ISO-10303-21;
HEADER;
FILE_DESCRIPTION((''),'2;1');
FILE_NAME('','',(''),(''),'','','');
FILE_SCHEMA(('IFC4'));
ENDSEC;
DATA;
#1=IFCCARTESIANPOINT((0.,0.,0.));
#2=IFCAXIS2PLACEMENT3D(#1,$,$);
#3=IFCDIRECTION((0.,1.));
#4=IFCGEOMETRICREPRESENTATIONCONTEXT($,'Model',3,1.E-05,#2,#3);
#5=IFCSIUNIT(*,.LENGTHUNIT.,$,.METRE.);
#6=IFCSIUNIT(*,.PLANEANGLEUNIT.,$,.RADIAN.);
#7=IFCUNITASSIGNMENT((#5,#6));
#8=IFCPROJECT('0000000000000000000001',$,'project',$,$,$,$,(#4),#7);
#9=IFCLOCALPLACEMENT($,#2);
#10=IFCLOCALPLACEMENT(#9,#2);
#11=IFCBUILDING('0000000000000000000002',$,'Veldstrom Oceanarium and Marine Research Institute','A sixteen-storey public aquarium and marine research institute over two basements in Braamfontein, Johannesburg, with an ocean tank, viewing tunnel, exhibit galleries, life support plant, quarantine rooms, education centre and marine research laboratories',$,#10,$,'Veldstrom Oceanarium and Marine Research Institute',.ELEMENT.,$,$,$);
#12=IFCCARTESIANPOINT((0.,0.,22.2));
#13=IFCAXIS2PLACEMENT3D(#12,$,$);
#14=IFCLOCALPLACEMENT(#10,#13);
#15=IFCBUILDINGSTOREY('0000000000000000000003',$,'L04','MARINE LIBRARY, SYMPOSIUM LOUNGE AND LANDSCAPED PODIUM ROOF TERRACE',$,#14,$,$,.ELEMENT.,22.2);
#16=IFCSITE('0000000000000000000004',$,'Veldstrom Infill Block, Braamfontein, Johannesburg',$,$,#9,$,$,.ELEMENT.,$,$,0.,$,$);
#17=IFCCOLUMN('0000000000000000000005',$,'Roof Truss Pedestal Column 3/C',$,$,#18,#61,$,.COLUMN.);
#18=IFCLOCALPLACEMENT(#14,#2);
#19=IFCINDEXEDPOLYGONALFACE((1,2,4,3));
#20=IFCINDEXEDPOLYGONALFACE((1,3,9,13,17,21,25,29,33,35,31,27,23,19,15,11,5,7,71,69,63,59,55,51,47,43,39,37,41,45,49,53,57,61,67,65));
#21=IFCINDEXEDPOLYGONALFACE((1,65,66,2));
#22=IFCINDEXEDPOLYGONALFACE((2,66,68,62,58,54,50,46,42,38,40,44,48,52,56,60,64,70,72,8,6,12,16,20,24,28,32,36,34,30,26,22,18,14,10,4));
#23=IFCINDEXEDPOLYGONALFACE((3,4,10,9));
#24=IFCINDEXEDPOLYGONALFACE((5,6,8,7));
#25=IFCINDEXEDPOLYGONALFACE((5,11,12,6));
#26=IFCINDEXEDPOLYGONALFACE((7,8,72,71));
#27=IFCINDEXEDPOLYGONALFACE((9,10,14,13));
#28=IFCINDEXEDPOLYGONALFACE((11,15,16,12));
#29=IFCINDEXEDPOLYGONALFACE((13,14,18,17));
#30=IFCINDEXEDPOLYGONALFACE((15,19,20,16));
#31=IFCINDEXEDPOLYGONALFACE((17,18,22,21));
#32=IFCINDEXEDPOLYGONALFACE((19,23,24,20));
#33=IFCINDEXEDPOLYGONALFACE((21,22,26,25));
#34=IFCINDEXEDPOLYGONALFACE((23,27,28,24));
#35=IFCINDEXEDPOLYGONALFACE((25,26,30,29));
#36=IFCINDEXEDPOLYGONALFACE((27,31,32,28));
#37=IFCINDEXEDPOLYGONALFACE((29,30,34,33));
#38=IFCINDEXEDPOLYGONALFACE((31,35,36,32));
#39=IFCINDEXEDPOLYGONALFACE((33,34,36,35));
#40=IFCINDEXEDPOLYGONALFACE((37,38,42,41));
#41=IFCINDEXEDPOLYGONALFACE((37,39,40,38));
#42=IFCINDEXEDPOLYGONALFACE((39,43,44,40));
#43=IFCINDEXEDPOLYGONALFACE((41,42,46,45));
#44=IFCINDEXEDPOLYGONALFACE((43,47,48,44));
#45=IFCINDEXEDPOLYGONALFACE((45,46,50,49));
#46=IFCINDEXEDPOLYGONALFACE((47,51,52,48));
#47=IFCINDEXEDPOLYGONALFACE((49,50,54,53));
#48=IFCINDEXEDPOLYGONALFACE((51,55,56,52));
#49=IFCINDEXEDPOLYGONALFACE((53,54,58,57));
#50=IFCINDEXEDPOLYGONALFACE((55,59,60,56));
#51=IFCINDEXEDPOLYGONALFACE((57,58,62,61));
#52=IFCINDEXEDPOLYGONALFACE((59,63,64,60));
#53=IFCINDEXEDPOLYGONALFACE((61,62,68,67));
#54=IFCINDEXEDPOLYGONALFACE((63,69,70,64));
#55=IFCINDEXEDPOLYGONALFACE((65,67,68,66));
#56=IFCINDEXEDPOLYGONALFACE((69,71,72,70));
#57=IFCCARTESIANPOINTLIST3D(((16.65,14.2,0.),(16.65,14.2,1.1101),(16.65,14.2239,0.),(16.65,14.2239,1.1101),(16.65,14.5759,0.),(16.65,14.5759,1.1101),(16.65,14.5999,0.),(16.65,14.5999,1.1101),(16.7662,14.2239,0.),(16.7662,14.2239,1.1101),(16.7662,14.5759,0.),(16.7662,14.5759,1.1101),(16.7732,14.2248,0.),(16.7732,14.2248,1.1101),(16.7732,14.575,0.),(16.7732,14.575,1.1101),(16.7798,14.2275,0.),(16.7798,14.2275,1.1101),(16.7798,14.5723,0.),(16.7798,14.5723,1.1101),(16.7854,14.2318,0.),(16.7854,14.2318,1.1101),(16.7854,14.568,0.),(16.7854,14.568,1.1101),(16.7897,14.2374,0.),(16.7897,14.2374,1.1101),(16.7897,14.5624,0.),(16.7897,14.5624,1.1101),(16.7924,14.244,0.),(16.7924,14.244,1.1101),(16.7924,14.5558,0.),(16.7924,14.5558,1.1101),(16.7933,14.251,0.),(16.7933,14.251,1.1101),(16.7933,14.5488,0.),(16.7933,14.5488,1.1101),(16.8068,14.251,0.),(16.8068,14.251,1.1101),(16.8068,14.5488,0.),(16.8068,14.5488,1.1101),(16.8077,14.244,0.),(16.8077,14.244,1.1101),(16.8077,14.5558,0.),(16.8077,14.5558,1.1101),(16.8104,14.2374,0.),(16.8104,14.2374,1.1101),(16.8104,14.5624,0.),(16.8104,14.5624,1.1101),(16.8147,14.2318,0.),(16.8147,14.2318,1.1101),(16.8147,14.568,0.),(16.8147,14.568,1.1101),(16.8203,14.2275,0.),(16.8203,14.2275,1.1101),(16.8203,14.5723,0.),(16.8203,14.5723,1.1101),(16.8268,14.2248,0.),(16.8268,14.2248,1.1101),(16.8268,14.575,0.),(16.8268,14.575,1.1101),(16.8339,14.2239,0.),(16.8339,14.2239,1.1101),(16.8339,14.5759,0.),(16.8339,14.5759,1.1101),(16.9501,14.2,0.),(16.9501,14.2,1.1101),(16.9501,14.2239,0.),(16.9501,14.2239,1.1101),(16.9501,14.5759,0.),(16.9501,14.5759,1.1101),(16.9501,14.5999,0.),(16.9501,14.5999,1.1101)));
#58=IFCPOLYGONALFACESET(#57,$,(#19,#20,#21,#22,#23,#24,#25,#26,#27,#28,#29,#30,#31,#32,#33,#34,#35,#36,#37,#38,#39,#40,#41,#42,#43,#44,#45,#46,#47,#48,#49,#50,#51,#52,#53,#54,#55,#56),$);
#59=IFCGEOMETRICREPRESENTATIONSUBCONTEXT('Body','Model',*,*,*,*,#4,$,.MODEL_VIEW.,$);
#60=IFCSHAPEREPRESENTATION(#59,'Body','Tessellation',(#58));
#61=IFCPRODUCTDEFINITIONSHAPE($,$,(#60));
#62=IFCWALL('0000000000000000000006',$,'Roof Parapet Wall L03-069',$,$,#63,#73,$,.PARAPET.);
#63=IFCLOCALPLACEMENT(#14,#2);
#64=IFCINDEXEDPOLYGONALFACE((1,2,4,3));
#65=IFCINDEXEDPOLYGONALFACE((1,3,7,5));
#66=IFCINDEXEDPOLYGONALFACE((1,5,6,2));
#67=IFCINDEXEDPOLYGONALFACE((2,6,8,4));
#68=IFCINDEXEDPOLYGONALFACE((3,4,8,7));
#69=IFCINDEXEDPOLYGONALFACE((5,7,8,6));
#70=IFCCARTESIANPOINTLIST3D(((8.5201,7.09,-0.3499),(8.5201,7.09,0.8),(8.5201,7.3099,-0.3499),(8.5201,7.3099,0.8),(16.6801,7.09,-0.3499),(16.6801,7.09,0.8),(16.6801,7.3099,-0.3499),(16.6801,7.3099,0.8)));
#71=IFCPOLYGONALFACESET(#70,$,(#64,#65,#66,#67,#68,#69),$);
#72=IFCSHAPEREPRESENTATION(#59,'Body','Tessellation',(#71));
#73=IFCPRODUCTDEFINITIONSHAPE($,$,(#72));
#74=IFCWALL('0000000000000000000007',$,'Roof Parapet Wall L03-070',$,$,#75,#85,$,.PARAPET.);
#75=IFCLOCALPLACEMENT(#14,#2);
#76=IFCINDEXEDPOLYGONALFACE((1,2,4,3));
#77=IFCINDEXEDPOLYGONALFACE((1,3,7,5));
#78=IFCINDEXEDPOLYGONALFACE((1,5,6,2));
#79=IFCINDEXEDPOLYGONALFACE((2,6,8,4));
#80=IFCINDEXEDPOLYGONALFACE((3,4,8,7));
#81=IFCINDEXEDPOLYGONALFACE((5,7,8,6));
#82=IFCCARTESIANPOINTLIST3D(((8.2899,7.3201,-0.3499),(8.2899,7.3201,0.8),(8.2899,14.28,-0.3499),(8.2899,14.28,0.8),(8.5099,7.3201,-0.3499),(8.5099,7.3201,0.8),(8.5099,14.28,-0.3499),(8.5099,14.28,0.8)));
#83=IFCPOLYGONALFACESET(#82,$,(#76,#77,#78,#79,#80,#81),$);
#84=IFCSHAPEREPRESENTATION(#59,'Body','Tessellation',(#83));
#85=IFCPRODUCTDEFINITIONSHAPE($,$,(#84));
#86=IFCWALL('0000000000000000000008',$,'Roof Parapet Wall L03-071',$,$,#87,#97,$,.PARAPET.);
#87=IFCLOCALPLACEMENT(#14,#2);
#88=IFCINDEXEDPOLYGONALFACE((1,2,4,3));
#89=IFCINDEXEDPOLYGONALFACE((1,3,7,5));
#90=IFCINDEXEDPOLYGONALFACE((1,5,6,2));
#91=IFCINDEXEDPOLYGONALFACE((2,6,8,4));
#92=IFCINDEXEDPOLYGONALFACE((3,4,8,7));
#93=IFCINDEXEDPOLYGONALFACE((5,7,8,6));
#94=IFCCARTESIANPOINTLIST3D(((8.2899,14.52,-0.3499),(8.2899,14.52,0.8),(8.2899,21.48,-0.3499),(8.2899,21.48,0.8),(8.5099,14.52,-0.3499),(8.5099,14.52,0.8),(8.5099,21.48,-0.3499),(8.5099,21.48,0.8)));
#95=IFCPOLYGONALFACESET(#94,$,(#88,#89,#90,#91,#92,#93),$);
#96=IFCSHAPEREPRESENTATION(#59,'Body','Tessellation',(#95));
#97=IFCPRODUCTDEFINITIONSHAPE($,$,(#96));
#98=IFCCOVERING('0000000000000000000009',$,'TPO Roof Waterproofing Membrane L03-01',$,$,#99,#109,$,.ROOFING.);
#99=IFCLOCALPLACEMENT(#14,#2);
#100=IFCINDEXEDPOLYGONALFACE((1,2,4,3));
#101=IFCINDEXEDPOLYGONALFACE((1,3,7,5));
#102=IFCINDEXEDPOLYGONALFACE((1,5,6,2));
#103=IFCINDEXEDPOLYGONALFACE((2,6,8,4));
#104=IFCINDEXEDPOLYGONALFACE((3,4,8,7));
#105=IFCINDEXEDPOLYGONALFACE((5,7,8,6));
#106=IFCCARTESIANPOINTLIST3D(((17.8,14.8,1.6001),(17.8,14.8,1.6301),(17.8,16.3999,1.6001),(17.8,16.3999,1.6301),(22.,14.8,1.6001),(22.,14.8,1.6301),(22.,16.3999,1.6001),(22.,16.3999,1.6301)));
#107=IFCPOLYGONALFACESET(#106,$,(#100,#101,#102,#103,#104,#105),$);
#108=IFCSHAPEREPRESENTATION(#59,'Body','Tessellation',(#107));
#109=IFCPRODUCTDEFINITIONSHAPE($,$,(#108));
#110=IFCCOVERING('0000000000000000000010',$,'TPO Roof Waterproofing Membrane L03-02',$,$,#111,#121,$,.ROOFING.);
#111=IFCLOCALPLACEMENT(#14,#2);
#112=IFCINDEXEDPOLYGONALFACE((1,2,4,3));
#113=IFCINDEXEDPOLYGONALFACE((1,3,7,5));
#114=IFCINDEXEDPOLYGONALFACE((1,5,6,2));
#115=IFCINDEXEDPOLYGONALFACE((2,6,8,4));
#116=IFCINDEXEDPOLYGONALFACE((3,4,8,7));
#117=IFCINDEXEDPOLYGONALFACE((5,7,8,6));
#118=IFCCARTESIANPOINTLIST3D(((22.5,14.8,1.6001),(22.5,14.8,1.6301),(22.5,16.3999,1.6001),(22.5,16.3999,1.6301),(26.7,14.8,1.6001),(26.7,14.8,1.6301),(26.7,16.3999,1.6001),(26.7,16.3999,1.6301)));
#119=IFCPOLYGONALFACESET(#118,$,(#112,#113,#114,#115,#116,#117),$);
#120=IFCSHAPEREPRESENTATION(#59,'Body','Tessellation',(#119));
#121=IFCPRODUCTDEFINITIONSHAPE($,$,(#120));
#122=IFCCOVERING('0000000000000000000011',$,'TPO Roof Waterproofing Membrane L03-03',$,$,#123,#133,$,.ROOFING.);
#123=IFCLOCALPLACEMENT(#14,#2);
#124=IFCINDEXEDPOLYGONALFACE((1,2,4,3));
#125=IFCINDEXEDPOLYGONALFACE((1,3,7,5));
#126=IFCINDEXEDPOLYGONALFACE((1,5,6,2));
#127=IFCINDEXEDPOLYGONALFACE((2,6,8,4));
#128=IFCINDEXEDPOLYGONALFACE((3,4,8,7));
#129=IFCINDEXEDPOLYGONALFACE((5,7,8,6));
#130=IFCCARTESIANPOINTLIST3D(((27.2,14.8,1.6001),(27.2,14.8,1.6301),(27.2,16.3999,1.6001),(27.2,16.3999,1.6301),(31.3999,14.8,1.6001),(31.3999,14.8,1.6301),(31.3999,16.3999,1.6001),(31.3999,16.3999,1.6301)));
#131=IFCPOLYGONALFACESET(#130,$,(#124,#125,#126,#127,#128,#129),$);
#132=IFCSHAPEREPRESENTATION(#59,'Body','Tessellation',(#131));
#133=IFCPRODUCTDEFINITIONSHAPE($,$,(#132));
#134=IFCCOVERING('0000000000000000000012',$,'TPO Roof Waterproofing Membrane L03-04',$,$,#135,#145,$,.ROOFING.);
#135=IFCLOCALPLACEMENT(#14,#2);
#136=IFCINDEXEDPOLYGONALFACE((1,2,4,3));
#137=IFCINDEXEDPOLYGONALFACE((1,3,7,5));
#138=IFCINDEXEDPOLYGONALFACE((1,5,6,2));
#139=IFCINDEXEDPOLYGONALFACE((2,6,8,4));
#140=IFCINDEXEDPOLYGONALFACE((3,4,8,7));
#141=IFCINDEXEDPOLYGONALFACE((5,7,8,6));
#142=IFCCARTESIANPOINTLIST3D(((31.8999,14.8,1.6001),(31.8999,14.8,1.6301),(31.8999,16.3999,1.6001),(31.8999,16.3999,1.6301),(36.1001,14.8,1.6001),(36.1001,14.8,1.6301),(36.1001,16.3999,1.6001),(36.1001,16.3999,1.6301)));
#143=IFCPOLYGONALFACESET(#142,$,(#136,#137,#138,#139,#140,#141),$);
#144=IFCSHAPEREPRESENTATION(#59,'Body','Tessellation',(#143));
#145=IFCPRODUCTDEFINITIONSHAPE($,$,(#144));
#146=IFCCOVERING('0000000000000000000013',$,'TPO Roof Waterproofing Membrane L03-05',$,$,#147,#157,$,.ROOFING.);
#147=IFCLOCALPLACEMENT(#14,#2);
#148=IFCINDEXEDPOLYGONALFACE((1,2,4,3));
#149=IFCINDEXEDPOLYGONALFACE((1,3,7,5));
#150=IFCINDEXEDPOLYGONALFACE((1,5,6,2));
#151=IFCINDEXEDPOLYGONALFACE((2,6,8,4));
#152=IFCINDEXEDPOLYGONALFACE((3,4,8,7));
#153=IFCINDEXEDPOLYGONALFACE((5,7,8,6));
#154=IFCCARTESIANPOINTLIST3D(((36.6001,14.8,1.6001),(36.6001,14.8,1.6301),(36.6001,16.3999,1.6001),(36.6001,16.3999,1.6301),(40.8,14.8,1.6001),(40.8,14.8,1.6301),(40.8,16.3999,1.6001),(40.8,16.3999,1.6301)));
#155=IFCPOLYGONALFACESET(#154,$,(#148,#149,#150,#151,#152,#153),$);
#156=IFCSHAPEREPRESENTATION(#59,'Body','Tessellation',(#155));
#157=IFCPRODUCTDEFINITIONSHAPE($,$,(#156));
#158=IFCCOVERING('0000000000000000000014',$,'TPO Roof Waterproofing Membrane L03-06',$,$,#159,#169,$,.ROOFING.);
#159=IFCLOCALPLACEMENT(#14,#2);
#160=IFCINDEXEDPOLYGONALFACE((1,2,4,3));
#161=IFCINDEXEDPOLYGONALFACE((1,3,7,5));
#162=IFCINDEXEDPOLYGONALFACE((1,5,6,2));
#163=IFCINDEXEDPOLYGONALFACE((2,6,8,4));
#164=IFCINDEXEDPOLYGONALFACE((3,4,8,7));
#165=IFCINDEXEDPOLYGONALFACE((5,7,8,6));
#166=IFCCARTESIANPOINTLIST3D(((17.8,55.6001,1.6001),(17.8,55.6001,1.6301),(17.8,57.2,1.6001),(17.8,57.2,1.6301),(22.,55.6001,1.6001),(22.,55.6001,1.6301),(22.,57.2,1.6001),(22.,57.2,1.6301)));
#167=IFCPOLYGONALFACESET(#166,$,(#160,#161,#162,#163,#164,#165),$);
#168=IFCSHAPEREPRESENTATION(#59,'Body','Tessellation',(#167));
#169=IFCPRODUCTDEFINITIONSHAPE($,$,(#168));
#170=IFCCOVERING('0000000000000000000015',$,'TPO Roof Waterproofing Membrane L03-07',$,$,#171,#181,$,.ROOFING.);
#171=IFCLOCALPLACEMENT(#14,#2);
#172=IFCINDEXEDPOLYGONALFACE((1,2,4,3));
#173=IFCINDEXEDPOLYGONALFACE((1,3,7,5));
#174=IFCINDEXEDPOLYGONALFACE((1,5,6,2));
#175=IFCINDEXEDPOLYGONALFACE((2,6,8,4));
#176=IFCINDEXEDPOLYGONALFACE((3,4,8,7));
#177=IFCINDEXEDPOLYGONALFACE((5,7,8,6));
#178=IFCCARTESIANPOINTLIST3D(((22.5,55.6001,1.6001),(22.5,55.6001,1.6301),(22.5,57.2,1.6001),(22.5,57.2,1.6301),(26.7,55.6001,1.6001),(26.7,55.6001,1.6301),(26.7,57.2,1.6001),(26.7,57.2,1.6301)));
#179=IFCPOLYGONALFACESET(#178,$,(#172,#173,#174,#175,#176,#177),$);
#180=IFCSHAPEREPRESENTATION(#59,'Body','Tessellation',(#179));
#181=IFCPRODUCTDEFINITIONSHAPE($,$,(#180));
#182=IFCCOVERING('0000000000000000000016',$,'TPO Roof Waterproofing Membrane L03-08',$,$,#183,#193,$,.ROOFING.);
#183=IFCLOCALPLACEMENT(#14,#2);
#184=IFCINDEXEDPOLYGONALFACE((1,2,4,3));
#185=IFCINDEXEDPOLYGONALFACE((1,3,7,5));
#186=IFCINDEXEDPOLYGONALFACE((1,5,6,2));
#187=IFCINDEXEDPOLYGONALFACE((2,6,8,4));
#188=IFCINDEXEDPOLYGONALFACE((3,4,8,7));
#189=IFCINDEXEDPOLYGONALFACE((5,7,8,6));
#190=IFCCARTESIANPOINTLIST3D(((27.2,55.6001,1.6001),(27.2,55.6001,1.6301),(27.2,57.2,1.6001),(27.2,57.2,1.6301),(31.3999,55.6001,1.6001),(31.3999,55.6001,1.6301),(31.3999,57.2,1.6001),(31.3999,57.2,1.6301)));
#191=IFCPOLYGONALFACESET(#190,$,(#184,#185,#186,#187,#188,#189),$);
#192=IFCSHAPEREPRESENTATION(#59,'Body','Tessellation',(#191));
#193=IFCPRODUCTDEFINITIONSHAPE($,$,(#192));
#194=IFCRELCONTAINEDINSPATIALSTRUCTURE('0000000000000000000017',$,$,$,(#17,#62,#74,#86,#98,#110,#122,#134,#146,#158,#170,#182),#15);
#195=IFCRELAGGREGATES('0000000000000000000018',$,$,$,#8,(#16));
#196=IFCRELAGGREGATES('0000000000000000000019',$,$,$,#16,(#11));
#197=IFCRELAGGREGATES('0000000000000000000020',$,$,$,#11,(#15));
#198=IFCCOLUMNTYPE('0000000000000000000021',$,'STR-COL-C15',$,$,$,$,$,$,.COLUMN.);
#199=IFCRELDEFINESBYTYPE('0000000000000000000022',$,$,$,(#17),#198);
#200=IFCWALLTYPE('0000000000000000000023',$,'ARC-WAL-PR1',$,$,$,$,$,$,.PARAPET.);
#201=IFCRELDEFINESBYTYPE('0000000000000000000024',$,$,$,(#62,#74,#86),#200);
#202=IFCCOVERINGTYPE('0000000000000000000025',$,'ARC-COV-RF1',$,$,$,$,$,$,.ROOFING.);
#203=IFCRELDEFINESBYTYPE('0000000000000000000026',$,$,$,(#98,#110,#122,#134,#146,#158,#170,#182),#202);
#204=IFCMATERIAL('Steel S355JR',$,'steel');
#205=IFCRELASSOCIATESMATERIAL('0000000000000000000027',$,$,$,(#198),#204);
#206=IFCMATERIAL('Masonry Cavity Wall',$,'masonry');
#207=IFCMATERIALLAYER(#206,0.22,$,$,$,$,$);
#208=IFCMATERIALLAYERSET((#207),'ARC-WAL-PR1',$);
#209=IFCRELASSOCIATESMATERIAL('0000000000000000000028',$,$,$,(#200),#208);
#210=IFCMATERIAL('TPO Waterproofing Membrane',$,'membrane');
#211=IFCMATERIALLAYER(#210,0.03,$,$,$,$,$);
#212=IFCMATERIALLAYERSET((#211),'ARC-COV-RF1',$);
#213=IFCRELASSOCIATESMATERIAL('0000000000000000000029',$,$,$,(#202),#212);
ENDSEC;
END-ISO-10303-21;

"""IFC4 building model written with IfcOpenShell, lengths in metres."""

from ifc_helpers import new_model, si_unit, direction, frame, frame_2d, origin, origin_2d, place, context, subcontext, project, spatial, polyline, rectangle, i_section, outline, extrude, material, layer, layer_set, material_profile, profile_set, type_object, element, save


model = new_model("IFC4")

# Units and contexts
model_context = context("Model", 3, precision=1e-05, world=origin(), true_north=direction((0.0, 1.0)))
body_context = subcontext(model_context, "Body", "Model", "MODEL_VIEW")
ifc_project = project(units=[si_unit("LENGTHUNIT", "METRE"), si_unit("PLANEANGLEUNIT", "RADIAN")], contexts=[model_context])

# Site, building, storey
site_placement = place(None, origin())
site = spatial("IfcSite", under=ifc_project, at=site_placement, Name="Veldstrom Infill Block, Braamfontein, Johannesburg", CompositionType="ELEMENT", RefElevation=0.0)
building_placement = place(site_placement, origin())
building = spatial("IfcBuilding", under=site, at=building_placement, Name="Veldstrom Oceanarium and Marine Research Institute", Description="A sixteen-storey public aquarium and marine research institute over two basements in Braamfontein, Johannesburg, with an ocean tank, viewing tunnel, exhibit galleries, life support plant, quarantine rooms, education centre and marine research laboratories", LongName="Veldstrom Oceanarium and Marine Research Institute", CompositionType="ELEMENT")
storey_placement = place(building_placement, frame((0.0, 0.0, 22.2)))
storey = spatial("IfcBuildingStorey", under=building, at=storey_placement, Name="L04", Description="MARINE LIBRARY, SYMPOSIUM LOUNGE AND LANDSCAPED PODIUM ROOF TERRACE", CompositionType="ELEMENT", Elevation=22.2)

# Column
ifc_material_1 = material(Name="Steel S355JR", Category="steel")
ifc_material_profile = material_profile(ifc_material_1, i_section(OverallWidth=0.3, OverallDepth=0.3999, WebThickness=0.0134, FlangeThickness=0.0239, FilletRadius=0.0271, at=origin_2d()), Name="HEB 400")
ifc_profile_set = profile_set([ifc_material_profile], Name="Steel S355JR")
column_type = type_object("IfcColumnType", Name="STR-COL-C15", PredefinedType="COLUMN", material=ifc_profile_set)
column_placement = place(storey_placement, frame((16.8, 14.3999, 0.0), z_axis=(0.0, 0.0, 1.0), x_axis=(1.0, 0.0, 0.0)))
element("IfcColumn", 1, at=column_placement, inside=storey, type_object=column_type, Name="Roof Truss Pedestal Column 3/C", PredefinedType="COLUMN", context=body_context, shape_type="SweptSolid", body=[
    extrude(i_section(OverallWidth=0.3, OverallDepth=0.3999, WebThickness=0.0134, FlangeThickness=0.0239, FilletRadius=0.0271, at=origin_2d()), origin(), (0.0, 0.0, 1.0), 1.1101),
])

# Walls
ifc_material_2 = material(Name="Masonry Cavity Wall", Category="masonry")
ifc_layer_1 = layer(ifc_material_2, 0.22)
ifc_layer_set_1 = layer_set([ifc_layer_1], Name="ARC-WAL-PR1")
wall_type = type_object("IfcWallType", Name="ARC-WAL-PR1", PredefinedType="PARAPET", material=ifc_layer_set_1)
wall_placement = place(storey_placement, frame((8.52, 7.2, -0.3499), z_axis=(0.0, 0.0, 1.0), x_axis=(1.0, 0.0, 0.0)))
element("IfcWall", 2, at=wall_placement, inside=storey, type_object=wall_type, Name="Roof Parapet Wall L03-069", PredefinedType="PARAPET", context=body_context, shape_type="SweptSolid", body=[
    extrude(rectangle(XDim=8.1599, YDim=0.22, at=frame_2d((4.0801, 0.0))), origin(), (0.0, 0.0, 1.0), 1.1499),
])
for number, where, z_axis, x_axis, name in (
    (3, (8.3999, 7.3201, -0.3499), (0.0, 0.0, 1.0), (0.0, 1.0, 0.0), "Roof Parapet Wall L03-070"),
    (4, (8.3999, 14.52, -0.3499), (0.0, 0.0, 1.0), (0.0, 1.0, 0.0), "Roof Parapet Wall L03-071"),
):
    element("IfcWall", number, at=place(storey_placement, frame(where, z_axis=z_axis, x_axis=x_axis)), inside=storey, type_object=wall_type, Name=name, PredefinedType="PARAPET", context=body_context, shape_type="SweptSolid", body=[
        extrude(rectangle(XDim=6.96, YDim=0.22, at=frame_2d((3.48, 0.0))), origin(), (0.0, 0.0, 1.0), 1.1499),
    ])

# Coverings
ifc_material_3 = material(Name="TPO Waterproofing Membrane", Category="membrane")
ifc_layer_2 = layer(ifc_material_3, 0.03)
ifc_layer_set_2 = layer_set([ifc_layer_2], Name="ARC-COV-RF1")
covering_type = type_object("IfcCoveringType", Name="ARC-COV-RF1", PredefinedType="ROOFING", material=ifc_layer_set_2)
covering_1_placement = place(storey_placement, frame((0.0, 0.0, 1.6001)))
element("IfcCovering", 5, at=covering_1_placement, inside=storey, type_object=covering_type, Name="TPO Roof Waterproofing Membrane L03-01", PredefinedType="ROOFING", context=body_context, shape_type="SweptSolid", body=[
    extrude(outline(polyline([(17.8, 14.8), (22.0, 14.8), (22.0, 16.3999), (17.8, 16.3999), (17.8, 14.8)])), origin(), (0.0, 0.0, 1.0), 0.03),
])
covering_2_placement = place(storey_placement, frame((0.0, 0.0, 1.6001)))
element("IfcCovering", 6, at=covering_2_placement, inside=storey, type_object=covering_type, Name="TPO Roof Waterproofing Membrane L03-02", PredefinedType="ROOFING", context=body_context, shape_type="SweptSolid", body=[
    extrude(outline(polyline([(22.5, 14.8), (26.7, 14.8), (26.7, 16.3999), (22.5, 16.3999), (22.5, 14.8)])), origin(), (0.0, 0.0, 1.0), 0.03),
])
covering_3_placement = place(storey_placement, frame((0.0, 0.0, 1.6001)))
element("IfcCovering", 7, at=covering_3_placement, inside=storey, type_object=covering_type, Name="TPO Roof Waterproofing Membrane L03-03", PredefinedType="ROOFING", context=body_context, shape_type="SweptSolid", body=[
    extrude(outline(polyline([(27.2, 14.8), (31.3999, 14.8), (31.3999, 16.3999), (27.2, 16.3999), (27.2, 14.8)])), origin(), (0.0, 0.0, 1.0), 0.03),
])
covering_4_placement = place(storey_placement, frame((0.0, 0.0, 1.6001)))
element("IfcCovering", 8, at=covering_4_placement, inside=storey, type_object=covering_type, Name="TPO Roof Waterproofing Membrane L03-04", PredefinedType="ROOFING", context=body_context, shape_type="SweptSolid", body=[
    extrude(outline(polyline([(31.8999, 14.8), (36.1001, 14.8), (36.1001, 16.3999), (31.8999, 16.3999), (31.8999, 14.8)])), origin(), (0.0, 0.0, 1.0), 0.03),
])
covering_5_placement = place(storey_placement, frame((0.0, 0.0, 1.6001)))
element("IfcCovering", 9, at=covering_5_placement, inside=storey, type_object=covering_type, Name="TPO Roof Waterproofing Membrane L03-05", PredefinedType="ROOFING", context=body_context, shape_type="SweptSolid", body=[
    extrude(outline(polyline([(36.6001, 14.8), (40.8, 14.8), (40.8, 16.3999), (36.6001, 16.3999), (36.6001, 14.8)])), origin(), (0.0, 0.0, 1.0), 0.03),
])
covering_6_placement = place(storey_placement, frame((0.0, 0.0, 1.6001)))
element("IfcCovering", 10, at=covering_6_placement, inside=storey, type_object=covering_type, Name="TPO Roof Waterproofing Membrane L03-06", PredefinedType="ROOFING", context=body_context, shape_type="SweptSolid", body=[
    extrude(outline(polyline([(17.8, 55.6001), (22.0, 55.6001), (22.0, 57.2), (17.8, 57.2), (17.8, 55.6001)])), origin(), (0.0, 0.0, 1.0), 0.03),
])
covering_7_placement = place(storey_placement, frame((0.0, 0.0, 1.6001)))
element("IfcCovering", 11, at=covering_7_placement, inside=storey, type_object=covering_type, Name="TPO Roof Waterproofing Membrane L03-07", PredefinedType="ROOFING", context=body_context, shape_type="SweptSolid", body=[
    extrude(outline(polyline([(22.5, 55.6001), (26.7, 55.6001), (26.7, 57.2), (22.5, 57.2), (22.5, 55.6001)])), origin(), (0.0, 0.0, 1.0), 0.03),
])
covering_8_placement = place(storey_placement, frame((0.0, 0.0, 1.6001)))
element("IfcCovering", 12, at=covering_8_placement, inside=storey, type_object=covering_type, Name="TPO Roof Waterproofing Membrane L03-08", PredefinedType="ROOFING", context=body_context, shape_type="SweptSolid", body=[
    extrude(outline(polyline([(27.2, 55.6001), (31.3999, 55.6001), (31.3999, 57.2), (27.2, 57.2), (27.2, 55.6001)])), origin(), (0.0, 0.0, 1.0), 0.03),
])

save(model, "model.ifc")
